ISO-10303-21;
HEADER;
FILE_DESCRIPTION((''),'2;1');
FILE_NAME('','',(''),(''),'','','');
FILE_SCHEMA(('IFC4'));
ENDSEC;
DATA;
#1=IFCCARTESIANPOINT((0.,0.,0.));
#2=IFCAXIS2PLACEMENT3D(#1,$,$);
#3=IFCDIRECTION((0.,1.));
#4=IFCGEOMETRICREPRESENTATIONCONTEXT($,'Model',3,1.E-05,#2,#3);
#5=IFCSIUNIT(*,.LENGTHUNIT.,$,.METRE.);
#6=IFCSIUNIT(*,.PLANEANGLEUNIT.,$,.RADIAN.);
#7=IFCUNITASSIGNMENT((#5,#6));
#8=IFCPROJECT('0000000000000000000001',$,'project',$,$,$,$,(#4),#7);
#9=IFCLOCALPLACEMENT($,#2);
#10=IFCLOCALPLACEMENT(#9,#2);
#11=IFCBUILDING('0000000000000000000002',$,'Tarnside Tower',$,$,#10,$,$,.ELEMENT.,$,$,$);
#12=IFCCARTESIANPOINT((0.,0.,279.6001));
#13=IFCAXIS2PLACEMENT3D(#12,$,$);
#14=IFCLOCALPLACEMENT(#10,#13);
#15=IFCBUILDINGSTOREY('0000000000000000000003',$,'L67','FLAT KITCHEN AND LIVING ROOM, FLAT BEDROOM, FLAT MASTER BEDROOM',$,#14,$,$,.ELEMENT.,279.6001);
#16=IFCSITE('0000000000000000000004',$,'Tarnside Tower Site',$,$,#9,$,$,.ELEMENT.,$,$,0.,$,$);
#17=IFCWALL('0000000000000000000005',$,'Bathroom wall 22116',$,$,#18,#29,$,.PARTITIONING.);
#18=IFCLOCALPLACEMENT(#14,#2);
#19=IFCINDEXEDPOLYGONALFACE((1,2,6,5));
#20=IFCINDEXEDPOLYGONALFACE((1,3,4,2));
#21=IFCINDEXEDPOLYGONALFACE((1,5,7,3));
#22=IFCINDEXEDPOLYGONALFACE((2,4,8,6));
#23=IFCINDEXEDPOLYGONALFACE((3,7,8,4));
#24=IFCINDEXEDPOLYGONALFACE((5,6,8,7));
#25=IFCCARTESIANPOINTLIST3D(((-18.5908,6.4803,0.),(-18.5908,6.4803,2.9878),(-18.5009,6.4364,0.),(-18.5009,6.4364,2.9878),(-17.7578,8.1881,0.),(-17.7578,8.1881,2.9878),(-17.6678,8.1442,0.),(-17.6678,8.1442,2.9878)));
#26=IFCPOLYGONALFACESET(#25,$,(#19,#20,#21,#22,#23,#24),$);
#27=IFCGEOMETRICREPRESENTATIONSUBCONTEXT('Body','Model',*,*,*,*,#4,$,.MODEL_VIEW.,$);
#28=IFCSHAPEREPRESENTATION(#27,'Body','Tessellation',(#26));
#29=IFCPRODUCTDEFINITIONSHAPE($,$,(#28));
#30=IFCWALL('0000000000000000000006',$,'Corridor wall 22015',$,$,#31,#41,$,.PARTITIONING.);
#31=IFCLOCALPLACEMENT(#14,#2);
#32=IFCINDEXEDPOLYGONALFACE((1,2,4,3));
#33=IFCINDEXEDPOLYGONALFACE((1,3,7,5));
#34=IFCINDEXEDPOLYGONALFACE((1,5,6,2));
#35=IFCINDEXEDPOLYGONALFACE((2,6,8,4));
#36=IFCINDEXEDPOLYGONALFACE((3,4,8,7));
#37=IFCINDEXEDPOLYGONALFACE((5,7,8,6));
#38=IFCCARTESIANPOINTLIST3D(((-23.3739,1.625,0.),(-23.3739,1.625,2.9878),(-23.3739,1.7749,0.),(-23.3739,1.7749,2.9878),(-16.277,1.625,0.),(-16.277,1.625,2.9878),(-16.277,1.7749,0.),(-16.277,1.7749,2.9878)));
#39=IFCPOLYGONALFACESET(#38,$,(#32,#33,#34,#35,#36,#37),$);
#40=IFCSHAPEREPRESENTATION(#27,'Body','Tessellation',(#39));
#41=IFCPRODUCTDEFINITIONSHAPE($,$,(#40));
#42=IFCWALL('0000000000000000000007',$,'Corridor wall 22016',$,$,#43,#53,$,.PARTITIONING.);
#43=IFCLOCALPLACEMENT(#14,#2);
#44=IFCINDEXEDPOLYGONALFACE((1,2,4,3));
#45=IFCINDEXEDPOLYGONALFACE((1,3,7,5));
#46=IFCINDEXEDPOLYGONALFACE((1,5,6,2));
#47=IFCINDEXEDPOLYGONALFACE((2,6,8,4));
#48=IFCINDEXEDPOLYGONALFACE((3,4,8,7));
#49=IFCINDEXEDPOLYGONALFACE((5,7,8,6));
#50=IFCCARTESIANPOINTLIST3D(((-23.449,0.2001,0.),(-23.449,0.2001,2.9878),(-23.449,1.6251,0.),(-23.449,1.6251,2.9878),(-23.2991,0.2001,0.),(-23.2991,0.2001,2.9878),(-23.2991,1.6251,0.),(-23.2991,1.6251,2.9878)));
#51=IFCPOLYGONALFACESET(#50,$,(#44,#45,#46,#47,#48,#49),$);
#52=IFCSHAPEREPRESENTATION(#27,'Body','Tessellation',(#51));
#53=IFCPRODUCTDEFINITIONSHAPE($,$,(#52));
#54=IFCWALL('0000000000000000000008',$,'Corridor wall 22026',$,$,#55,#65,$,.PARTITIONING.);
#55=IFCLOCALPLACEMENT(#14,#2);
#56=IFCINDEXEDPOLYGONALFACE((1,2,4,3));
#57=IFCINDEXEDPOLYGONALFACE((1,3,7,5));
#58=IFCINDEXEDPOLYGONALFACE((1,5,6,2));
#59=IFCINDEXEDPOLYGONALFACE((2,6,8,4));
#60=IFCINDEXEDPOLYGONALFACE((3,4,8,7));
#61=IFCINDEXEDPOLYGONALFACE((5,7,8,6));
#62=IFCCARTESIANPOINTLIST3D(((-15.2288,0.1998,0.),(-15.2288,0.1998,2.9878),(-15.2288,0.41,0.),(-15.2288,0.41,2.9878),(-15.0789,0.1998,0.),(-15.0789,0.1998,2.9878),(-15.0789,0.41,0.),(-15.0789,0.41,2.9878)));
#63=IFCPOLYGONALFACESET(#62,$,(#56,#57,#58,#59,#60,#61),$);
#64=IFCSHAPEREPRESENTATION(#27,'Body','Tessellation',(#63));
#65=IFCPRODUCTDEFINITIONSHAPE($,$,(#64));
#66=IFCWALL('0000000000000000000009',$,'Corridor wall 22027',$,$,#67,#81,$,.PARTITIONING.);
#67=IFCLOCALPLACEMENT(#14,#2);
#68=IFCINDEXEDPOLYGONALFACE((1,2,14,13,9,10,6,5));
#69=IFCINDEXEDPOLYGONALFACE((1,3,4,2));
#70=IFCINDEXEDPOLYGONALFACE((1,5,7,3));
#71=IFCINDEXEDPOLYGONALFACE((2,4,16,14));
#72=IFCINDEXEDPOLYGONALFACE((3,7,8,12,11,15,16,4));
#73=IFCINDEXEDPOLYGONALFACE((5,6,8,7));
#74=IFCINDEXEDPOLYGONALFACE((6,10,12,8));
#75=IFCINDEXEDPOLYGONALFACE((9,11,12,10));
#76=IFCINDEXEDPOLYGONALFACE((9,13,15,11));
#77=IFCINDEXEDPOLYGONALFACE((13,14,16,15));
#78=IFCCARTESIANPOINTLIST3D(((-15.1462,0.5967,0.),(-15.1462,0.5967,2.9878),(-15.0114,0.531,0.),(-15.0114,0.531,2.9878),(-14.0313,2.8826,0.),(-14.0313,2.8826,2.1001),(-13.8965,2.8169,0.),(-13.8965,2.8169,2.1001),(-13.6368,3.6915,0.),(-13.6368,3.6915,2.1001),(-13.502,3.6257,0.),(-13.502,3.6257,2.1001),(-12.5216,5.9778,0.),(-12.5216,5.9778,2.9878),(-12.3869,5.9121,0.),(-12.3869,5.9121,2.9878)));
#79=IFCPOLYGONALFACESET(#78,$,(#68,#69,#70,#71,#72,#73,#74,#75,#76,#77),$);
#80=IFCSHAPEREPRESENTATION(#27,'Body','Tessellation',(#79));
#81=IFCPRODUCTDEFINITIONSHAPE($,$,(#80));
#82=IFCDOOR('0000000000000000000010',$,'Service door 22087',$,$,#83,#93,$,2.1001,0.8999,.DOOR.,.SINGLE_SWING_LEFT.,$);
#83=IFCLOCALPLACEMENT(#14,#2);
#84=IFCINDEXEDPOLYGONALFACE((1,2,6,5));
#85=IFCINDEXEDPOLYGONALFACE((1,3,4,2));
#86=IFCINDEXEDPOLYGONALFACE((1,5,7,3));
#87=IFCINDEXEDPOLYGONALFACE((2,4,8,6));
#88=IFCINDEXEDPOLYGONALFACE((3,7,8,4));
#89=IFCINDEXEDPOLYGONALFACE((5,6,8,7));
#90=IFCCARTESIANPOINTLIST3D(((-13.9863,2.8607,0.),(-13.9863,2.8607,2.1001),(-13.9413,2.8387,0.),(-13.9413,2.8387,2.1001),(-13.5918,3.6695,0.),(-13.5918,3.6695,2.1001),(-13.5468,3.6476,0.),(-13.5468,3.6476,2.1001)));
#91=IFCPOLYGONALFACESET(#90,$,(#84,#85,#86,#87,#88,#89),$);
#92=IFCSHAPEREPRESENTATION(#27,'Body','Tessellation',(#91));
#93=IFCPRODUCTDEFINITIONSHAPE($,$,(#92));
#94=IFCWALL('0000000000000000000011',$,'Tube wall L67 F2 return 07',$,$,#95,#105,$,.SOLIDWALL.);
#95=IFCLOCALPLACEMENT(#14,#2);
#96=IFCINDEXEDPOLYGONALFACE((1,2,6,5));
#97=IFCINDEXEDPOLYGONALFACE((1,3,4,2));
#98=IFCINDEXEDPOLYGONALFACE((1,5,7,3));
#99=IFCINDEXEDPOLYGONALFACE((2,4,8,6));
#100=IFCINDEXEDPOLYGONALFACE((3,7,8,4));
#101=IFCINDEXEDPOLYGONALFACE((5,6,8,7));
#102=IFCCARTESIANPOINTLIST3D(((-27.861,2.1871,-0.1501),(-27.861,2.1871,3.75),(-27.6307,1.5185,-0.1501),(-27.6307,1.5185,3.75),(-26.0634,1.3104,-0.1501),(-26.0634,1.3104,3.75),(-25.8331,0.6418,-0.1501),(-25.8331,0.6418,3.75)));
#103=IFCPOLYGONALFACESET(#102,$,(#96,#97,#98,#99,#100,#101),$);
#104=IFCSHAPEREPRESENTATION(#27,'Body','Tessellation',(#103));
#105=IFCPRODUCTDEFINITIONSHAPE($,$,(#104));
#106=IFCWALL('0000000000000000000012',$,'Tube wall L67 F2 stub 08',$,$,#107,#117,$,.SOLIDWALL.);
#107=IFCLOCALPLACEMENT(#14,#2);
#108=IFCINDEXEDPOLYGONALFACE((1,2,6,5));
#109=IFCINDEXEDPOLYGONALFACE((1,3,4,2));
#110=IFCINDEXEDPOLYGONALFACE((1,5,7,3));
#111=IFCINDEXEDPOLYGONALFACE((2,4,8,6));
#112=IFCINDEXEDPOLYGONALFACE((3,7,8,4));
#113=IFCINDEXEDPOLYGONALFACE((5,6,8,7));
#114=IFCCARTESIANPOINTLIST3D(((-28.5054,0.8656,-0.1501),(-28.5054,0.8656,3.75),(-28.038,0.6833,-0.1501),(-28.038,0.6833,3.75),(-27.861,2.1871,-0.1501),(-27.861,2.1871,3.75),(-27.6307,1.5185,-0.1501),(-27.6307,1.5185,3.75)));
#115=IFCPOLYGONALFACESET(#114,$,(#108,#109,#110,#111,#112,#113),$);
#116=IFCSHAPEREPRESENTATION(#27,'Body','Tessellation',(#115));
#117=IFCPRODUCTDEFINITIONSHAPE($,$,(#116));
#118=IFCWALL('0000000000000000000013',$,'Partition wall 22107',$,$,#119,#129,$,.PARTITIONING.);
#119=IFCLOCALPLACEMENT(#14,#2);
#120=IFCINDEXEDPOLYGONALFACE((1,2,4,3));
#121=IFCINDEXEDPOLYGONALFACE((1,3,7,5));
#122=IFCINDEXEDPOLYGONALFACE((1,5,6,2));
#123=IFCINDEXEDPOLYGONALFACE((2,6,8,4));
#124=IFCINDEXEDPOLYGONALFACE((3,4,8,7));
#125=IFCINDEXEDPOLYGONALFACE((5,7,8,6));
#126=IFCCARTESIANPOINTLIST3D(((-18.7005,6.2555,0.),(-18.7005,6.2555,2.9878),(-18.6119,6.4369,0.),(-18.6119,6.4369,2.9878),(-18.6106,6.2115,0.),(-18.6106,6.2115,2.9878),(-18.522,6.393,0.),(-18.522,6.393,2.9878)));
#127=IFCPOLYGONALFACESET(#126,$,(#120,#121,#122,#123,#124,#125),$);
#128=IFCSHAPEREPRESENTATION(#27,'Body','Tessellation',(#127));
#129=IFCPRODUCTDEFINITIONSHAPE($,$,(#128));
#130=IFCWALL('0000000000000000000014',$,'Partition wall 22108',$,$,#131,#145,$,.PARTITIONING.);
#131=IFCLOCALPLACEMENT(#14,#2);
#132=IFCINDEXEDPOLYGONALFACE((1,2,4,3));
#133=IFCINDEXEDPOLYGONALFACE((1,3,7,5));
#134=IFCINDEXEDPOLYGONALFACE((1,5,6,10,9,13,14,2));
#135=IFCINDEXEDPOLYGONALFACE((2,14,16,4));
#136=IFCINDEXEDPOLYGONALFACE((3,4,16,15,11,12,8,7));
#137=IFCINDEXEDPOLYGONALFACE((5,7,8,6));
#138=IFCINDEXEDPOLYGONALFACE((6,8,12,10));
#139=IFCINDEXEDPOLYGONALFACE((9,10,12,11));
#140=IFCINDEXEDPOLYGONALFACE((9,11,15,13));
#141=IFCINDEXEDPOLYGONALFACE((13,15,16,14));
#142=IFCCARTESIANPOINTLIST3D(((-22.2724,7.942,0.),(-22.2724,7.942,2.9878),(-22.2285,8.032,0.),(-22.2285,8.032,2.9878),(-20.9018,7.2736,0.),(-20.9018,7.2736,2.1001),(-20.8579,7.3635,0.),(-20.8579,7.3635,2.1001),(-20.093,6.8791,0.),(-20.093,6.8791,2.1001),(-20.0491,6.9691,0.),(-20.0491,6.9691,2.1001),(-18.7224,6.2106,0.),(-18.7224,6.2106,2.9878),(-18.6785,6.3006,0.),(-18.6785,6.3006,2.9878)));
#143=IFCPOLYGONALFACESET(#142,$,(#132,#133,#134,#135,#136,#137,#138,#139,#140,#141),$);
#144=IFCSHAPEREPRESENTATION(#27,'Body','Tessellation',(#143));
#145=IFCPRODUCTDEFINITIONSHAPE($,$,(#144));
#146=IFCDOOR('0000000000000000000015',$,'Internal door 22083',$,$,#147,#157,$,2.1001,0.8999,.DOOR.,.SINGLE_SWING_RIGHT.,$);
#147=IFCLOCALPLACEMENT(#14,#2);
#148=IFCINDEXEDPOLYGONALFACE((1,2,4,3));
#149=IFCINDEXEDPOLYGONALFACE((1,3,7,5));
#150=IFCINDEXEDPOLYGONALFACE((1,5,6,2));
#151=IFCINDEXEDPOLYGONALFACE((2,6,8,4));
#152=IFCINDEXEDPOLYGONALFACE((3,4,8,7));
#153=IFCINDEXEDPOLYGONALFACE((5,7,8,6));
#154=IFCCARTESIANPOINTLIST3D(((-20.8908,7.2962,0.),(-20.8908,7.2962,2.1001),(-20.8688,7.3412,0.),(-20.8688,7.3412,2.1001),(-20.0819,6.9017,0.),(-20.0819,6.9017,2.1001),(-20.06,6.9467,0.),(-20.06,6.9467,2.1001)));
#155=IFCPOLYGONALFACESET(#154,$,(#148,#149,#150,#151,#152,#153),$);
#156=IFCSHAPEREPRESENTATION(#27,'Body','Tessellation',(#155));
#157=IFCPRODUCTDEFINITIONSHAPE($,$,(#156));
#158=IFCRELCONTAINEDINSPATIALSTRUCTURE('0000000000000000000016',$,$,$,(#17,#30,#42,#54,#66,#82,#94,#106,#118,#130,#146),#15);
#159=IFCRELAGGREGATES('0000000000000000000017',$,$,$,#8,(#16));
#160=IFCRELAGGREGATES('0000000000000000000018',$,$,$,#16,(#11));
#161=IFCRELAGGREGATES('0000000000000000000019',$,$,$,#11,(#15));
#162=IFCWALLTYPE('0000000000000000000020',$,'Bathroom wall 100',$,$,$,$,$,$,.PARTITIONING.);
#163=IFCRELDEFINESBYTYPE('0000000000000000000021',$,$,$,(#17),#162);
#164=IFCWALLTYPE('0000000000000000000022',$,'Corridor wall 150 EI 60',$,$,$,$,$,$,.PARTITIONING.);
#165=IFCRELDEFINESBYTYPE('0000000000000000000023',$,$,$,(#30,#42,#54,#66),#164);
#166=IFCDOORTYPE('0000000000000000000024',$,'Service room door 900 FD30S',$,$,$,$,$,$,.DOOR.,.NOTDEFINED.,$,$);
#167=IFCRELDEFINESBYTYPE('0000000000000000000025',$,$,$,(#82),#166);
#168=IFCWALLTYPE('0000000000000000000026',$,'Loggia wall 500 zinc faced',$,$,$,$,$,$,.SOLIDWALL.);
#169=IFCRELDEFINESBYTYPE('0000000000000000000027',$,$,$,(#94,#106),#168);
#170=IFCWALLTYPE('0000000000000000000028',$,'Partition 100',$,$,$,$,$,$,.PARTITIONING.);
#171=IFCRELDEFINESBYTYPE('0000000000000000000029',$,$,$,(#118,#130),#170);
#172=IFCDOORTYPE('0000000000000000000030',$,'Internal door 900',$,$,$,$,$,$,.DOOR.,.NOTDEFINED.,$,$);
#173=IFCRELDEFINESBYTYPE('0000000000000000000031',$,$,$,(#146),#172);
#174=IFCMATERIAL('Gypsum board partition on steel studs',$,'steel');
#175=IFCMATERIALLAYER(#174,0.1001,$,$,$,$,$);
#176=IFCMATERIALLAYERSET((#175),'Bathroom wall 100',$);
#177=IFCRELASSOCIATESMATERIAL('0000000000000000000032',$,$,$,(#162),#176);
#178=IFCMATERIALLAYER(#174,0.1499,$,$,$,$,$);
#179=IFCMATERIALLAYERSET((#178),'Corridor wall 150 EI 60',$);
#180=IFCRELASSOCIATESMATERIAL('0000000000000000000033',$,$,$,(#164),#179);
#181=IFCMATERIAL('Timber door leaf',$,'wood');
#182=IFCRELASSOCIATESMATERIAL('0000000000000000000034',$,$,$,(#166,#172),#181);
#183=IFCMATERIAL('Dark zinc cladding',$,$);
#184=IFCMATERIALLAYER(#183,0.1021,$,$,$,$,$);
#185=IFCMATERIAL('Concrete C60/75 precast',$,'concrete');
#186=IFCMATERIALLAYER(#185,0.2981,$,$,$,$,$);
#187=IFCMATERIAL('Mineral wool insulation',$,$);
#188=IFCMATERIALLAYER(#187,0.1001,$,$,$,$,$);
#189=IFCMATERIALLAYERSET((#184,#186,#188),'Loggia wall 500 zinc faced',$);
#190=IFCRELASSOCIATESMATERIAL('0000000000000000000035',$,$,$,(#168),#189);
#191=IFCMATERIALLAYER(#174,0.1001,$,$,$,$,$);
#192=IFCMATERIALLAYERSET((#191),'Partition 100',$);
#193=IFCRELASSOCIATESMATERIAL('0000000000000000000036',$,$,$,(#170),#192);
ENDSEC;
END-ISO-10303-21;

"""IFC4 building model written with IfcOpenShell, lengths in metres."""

from ifc_helpers import new_model, si_unit, direction, frame, frame_2d, origin, place, context, subcontext, project, spatial, polyline, rectangle, outline, extrude, material, layer, layer_set, type_object, element, fill, save


model = new_model("IFC4")

# Units and contexts
model_context = context("Model", 3, precision=1e-05, world=origin(), true_north=direction((0.0, 1.0)))
body_context = subcontext(model_context, "Body", "Model", "MODEL_VIEW")
ifc_project = project(units=[si_unit("LENGTHUNIT", "METRE"), si_unit("PLANEANGLEUNIT", "RADIAN")], contexts=[model_context])

# Site, building, storey
site_placement = place(None, origin())
site = spatial("IfcSite", under=ifc_project, at=site_placement, Name="Tarnside Tower Site", CompositionType="ELEMENT", RefElevation=0.0)
building_placement = place(site_placement, origin())
building = spatial("IfcBuilding", under=site, at=building_placement, Name="Tarnside Tower", CompositionType="ELEMENT")
storey_placement = place(building_placement, frame((0.0, 0.0, 279.6001)))
storey = spatial("IfcBuildingStorey", under=building, at=storey_placement, Name="L67", Description="FLAT KITCHEN AND LIVING ROOM, FLAT BEDROOM, FLAT MASTER BEDROOM", CompositionType="ELEMENT", Elevation=279.6001)

# Shared definitions
ifc_material_1 = material(Name="Gypsum board partition on steel studs", Category="steel")
ifc_layer_1 = layer(ifc_material_1, 0.1001)
ifc_layer_set_1 = layer_set([ifc_layer_1], Name="Bathroom wall 100")
wall_type_1 = type_object("IfcWallType", Name="Bathroom wall 100", PredefinedType="PARTITIONING", material=ifc_layer_set_1)

# Shared definitions
ifc_material_2 = material(Name="Timber door leaf", Category="wood")

# Walls
wall_1_placement = place(storey_placement, frame((-18.5459, 6.4583, 0.0), z_axis=(0.0, 0.0, 1.0), x_axis=(0.438403, 0.898778, 0.0)))
element("IfcWall", 1, at=wall_1_placement, inside=storey, type_object=wall_type_1, Name="Bathroom wall 22116", PredefinedType="PARTITIONING", context=body_context, shape_type="SweptSolid", body=[
    extrude(rectangle(XDim=1.9001, YDim=0.1001, at=frame_2d((0.9502, 0.0))), origin(), (0.0, 0.0, 1.0), 2.9878),
])
ifc_layer_2 = layer(ifc_material_1, 0.1499)
ifc_layer_set_2 = layer_set([ifc_layer_2], Name="Corridor wall 150 EI 60")
wall_type_2 = type_object("IfcWallType", Name="Corridor wall 150 EI 60", PredefinedType="PARTITIONING", material=ifc_layer_set_2)
wall_2_placement = place(storey_placement, frame((-16.2771, 1.7, 0.0), z_axis=(0.0, 0.0, 1.0), x_axis=(-1.0, 0.0, 0.0)))
element("IfcWall", 2, at=wall_2_placement, inside=storey, type_object=wall_type_2, Name="Corridor wall 22015", PredefinedType="PARTITIONING", context=body_context, shape_type="SweptSolid", body=[
    extrude(rectangle(XDim=7.0969, YDim=0.1499, at=frame_2d((3.5483, 0.0))), origin(), (0.0, 0.0, 1.0), 2.9878),
])
wall_3_placement = place(storey_placement, frame((-23.374, 1.625, 0.0), z_axis=(0.0, 0.0, 1.0), x_axis=(0.0, -1.0, 0.0)))
element("IfcWall", 3, at=wall_3_placement, inside=storey, type_object=wall_type_2, Name="Corridor wall 22016", PredefinedType="PARTITIONING", context=body_context, shape_type="SweptSolid", body=[
    extrude(rectangle(XDim=1.425, YDim=0.1499, at=frame_2d((0.7124, 0.0))), origin(), (0.0, 0.0, 1.0), 2.9878),
])
wall_4_placement = place(storey_placement, frame((-15.1538, 0.2, 0.0), z_axis=(0.0, 0.0, 1.0), x_axis=(0.0, 1.0, 0.0)))
element("IfcWall", 4, at=wall_4_placement, inside=storey, type_object=wall_type_2, Name="Corridor wall 22026", PredefinedType="PARTITIONING", context=body_context, shape_type="SweptSolid", body=[
    extrude(rectangle(XDim=0.2102, YDim=0.1499, at=frame_2d((0.105, 0.0))), origin(), (0.0, 0.0, 1.0), 2.9878),
])

# Wall, opening, door
wall_5_placement = place(storey_placement, frame((-15.0789, 0.5637, 0.0), z_axis=(0.0, 0.0, 1.0), x_axis=(0.438367, 0.898796, 0.0)))
wall_5 = element("IfcWall", 5, at=wall_5_placement, inside=storey, type_object=wall_type_2, Name="Corridor wall 22027", PredefinedType="PARTITIONING", context=body_context, shape_type="SweptSolid", body=[
    extrude(rectangle(XDim=5.9871, YDim=0.1499, at=frame_2d((2.9937, 0.0))), origin(), (0.0, 0.0, 1.0), 2.9878),
])
opening_1_placement = place(wall_5_placement, frame((2.5435, 0.0, 0.0)))
opening_1 = element("IfcOpeningElement", 6, at=opening_1_placement, cuts=wall_5, PredefinedType="OPENING", context=body_context, shape_type="SweptSolid", body=[
    extrude(rectangle(XDim=0.8999, YDim=2.1001, at=frame_2d((0.45, 1.05))), frame((0.0, 0.085, 0.0), z_axis=(0.0, -1.0, 0.0), x_axis=(1.0, 0.0, 0.0)), (0.0, 0.0, 1.0), 0.1699),
])
door_type_1 = type_object("IfcDoorType", Name="Service room door 900 FD30S", OperationType="NOTDEFINED", PredefinedType="DOOR", material=ifc_material_2)
door_1_placement = place(opening_1_placement, origin())
door_1 = element("IfcDoor", 7, at=door_1_placement, inside=storey, type_object=door_type_1, Name="Service door 22087", OperationType="SINGLE_SWING_LEFT", OverallHeight=2.1001, OverallWidth=0.8999, PredefinedType="DOOR", context=body_context, shape_type="SweptSolid", body=[
    extrude(rectangle(XDim=0.8999, YDim=2.1001, at=frame_2d((0.45, 1.05))), frame((0.0, 0.0249, 0.0), z_axis=(0.0, -1.0, 0.0), x_axis=(1.0, 0.0, 0.0)), (0.0, 0.0, 1.0), 0.05),
])
fill(opening_1, door_1)

# Walls
ifc_material_3 = material(Name="Dark zinc cladding")
ifc_layer_3 = layer(ifc_material_3, 0.1021)
ifc_material_4 = material(Name="Concrete C60/75 precast", Category="concrete")
ifc_layer_4 = layer(ifc_material_4, 0.2981)
ifc_material_5 = material(Name="Mineral wool insulation")
ifc_layer_5 = layer(ifc_material_5, 0.1001)
ifc_layer_set_3 = layer_set([ifc_layer_3, ifc_layer_4, ifc_layer_5], Name="Loggia wall 500 zinc faced")
wall_type_3 = type_object("IfcWallType", Name="Loggia wall 500 zinc faced", PredefinedType="SOLIDWALL", material=ifc_layer_set_3)
wall_6_placement = place(storey_placement, frame((-25.9482, 0.9761, -0.1501), z_axis=(0.0, 0.0, 1.0), x_axis=(-0.898802, 0.438354, 0.0)))
element("IfcWall", 8, at=wall_6_placement, inside=storey, type_object=wall_type_3, Name="Tube wall L67 F2 return 07", PredefinedType="SOLIDWALL", context=body_context, shape_type="SweptSolid", body=[
    extrude(outline(polyline([(0.25, -0.25), (2.25, -0.25), (1.75, 0.25), (-0.25, 0.25), (0.25, -0.25)])), origin(), (0.0, 0.0, 1.0), 3.9001),
])
wall_7_placement = place(storey_placement, frame((-27.7458, 1.8528, -0.1501), z_axis=(0.0, 0.0, 1.0), x_axis=(-0.438319, -0.898819, 0.0)))
element("IfcWall", 9, at=wall_7_placement, inside=storey, type_object=wall_type_3, Name="Tube wall L67 F2 stub 08", PredefinedType="SOLIDWALL", context=body_context, shape_type="SweptSolid", body=[
    extrude(outline(polyline([(-0.25, -0.25), (1.2202, -0.25), (1.1792, 0.25), (0.25, 0.25), (-0.25, -0.25)])), origin(), (0.0, 0.0, 1.0), 3.9001),
])
ifc_layer_6 = layer(ifc_material_1, 0.1001)
ifc_layer_set_4 = layer_set([ifc_layer_6], Name="Partition 100")
wall_type_4 = type_object("IfcWallType", Name="Partition 100", PredefinedType="PARTITIONING", material=ifc_layer_set_4)
wall_8_placement = place(storey_placement, frame((-18.5669, 6.415, 0.0), z_axis=(0.0, 0.0, 1.0), x_axis=(-0.438972, -0.898501, 0.0)))
element("IfcWall", 10, at=wall_8_placement, inside=storey, type_object=wall_type_4, Name="Partition wall 22107", PredefinedType="PARTITIONING", context=body_context, shape_type="SweptSolid", body=[
    extrude(rectangle(XDim=0.2019, YDim=0.1001, at=frame_2d((0.1011, 0.0))), origin(), (0.0, 0.0, 1.0), 2.9878),
])

# Wall, opening, door
wall_9_placement = place(storey_placement, frame((-18.7004, 6.2556, 0.0), z_axis=(0.0, 0.0, 1.0), x_axis=(-0.898797, 0.438365, 0.0)))
wall_9 = element("IfcWall", 11, at=wall_9_placement, inside=storey, type_object=wall_type_4, Name="Partition wall 22108", PredefinedType="PARTITIONING", context=body_context, shape_type="SweptSolid", body=[
    extrude(rectangle(XDim=3.9497, YDim=0.1001, at=frame_2d((1.9749, 0.0))), origin(), (0.0, 0.0, 1.0), 2.9878),
])
opening_2_placement = place(wall_9_placement, frame((1.5249, 0.0, 0.0)))
opening_2 = element("IfcOpeningElement", 12, at=opening_2_placement, cuts=wall_9, PredefinedType="OPENING", context=body_context, shape_type="SweptSolid", body=[
    extrude(rectangle(XDim=0.8999, YDim=2.1001, at=frame_2d((0.45, 1.05))), frame((0.0, 0.0601, 0.0), z_axis=(0.0, -1.0, 0.0), x_axis=(1.0, 0.0, 0.0)), (0.0, 0.0, 1.0), 0.1201),
])
door_type_2 = type_object("IfcDoorType", Name="Internal door 900", OperationType="NOTDEFINED", PredefinedType="DOOR", material=ifc_material_2)
door_2_placement = place(opening_2_placement, origin())
door_2 = element("IfcDoor", 13, at=door_2_placement, inside=storey, type_object=door_type_2, Name="Internal door 22083", OperationType="SINGLE_SWING_RIGHT", OverallHeight=2.1001, OverallWidth=0.8999, PredefinedType="DOOR", context=body_context, shape_type="SweptSolid", body=[
    extrude(rectangle(XDim=0.8999, YDim=2.1001, at=frame_2d((0.45, 1.05))), frame((0.0, 0.0249, 0.0), z_axis=(0.0, -1.0, 0.0), x_axis=(1.0, 0.0, 0.0)), (0.0, 0.0, 1.0), 0.05),
])
fill(opening_2, door_2)

save(model, "model.ifc")
